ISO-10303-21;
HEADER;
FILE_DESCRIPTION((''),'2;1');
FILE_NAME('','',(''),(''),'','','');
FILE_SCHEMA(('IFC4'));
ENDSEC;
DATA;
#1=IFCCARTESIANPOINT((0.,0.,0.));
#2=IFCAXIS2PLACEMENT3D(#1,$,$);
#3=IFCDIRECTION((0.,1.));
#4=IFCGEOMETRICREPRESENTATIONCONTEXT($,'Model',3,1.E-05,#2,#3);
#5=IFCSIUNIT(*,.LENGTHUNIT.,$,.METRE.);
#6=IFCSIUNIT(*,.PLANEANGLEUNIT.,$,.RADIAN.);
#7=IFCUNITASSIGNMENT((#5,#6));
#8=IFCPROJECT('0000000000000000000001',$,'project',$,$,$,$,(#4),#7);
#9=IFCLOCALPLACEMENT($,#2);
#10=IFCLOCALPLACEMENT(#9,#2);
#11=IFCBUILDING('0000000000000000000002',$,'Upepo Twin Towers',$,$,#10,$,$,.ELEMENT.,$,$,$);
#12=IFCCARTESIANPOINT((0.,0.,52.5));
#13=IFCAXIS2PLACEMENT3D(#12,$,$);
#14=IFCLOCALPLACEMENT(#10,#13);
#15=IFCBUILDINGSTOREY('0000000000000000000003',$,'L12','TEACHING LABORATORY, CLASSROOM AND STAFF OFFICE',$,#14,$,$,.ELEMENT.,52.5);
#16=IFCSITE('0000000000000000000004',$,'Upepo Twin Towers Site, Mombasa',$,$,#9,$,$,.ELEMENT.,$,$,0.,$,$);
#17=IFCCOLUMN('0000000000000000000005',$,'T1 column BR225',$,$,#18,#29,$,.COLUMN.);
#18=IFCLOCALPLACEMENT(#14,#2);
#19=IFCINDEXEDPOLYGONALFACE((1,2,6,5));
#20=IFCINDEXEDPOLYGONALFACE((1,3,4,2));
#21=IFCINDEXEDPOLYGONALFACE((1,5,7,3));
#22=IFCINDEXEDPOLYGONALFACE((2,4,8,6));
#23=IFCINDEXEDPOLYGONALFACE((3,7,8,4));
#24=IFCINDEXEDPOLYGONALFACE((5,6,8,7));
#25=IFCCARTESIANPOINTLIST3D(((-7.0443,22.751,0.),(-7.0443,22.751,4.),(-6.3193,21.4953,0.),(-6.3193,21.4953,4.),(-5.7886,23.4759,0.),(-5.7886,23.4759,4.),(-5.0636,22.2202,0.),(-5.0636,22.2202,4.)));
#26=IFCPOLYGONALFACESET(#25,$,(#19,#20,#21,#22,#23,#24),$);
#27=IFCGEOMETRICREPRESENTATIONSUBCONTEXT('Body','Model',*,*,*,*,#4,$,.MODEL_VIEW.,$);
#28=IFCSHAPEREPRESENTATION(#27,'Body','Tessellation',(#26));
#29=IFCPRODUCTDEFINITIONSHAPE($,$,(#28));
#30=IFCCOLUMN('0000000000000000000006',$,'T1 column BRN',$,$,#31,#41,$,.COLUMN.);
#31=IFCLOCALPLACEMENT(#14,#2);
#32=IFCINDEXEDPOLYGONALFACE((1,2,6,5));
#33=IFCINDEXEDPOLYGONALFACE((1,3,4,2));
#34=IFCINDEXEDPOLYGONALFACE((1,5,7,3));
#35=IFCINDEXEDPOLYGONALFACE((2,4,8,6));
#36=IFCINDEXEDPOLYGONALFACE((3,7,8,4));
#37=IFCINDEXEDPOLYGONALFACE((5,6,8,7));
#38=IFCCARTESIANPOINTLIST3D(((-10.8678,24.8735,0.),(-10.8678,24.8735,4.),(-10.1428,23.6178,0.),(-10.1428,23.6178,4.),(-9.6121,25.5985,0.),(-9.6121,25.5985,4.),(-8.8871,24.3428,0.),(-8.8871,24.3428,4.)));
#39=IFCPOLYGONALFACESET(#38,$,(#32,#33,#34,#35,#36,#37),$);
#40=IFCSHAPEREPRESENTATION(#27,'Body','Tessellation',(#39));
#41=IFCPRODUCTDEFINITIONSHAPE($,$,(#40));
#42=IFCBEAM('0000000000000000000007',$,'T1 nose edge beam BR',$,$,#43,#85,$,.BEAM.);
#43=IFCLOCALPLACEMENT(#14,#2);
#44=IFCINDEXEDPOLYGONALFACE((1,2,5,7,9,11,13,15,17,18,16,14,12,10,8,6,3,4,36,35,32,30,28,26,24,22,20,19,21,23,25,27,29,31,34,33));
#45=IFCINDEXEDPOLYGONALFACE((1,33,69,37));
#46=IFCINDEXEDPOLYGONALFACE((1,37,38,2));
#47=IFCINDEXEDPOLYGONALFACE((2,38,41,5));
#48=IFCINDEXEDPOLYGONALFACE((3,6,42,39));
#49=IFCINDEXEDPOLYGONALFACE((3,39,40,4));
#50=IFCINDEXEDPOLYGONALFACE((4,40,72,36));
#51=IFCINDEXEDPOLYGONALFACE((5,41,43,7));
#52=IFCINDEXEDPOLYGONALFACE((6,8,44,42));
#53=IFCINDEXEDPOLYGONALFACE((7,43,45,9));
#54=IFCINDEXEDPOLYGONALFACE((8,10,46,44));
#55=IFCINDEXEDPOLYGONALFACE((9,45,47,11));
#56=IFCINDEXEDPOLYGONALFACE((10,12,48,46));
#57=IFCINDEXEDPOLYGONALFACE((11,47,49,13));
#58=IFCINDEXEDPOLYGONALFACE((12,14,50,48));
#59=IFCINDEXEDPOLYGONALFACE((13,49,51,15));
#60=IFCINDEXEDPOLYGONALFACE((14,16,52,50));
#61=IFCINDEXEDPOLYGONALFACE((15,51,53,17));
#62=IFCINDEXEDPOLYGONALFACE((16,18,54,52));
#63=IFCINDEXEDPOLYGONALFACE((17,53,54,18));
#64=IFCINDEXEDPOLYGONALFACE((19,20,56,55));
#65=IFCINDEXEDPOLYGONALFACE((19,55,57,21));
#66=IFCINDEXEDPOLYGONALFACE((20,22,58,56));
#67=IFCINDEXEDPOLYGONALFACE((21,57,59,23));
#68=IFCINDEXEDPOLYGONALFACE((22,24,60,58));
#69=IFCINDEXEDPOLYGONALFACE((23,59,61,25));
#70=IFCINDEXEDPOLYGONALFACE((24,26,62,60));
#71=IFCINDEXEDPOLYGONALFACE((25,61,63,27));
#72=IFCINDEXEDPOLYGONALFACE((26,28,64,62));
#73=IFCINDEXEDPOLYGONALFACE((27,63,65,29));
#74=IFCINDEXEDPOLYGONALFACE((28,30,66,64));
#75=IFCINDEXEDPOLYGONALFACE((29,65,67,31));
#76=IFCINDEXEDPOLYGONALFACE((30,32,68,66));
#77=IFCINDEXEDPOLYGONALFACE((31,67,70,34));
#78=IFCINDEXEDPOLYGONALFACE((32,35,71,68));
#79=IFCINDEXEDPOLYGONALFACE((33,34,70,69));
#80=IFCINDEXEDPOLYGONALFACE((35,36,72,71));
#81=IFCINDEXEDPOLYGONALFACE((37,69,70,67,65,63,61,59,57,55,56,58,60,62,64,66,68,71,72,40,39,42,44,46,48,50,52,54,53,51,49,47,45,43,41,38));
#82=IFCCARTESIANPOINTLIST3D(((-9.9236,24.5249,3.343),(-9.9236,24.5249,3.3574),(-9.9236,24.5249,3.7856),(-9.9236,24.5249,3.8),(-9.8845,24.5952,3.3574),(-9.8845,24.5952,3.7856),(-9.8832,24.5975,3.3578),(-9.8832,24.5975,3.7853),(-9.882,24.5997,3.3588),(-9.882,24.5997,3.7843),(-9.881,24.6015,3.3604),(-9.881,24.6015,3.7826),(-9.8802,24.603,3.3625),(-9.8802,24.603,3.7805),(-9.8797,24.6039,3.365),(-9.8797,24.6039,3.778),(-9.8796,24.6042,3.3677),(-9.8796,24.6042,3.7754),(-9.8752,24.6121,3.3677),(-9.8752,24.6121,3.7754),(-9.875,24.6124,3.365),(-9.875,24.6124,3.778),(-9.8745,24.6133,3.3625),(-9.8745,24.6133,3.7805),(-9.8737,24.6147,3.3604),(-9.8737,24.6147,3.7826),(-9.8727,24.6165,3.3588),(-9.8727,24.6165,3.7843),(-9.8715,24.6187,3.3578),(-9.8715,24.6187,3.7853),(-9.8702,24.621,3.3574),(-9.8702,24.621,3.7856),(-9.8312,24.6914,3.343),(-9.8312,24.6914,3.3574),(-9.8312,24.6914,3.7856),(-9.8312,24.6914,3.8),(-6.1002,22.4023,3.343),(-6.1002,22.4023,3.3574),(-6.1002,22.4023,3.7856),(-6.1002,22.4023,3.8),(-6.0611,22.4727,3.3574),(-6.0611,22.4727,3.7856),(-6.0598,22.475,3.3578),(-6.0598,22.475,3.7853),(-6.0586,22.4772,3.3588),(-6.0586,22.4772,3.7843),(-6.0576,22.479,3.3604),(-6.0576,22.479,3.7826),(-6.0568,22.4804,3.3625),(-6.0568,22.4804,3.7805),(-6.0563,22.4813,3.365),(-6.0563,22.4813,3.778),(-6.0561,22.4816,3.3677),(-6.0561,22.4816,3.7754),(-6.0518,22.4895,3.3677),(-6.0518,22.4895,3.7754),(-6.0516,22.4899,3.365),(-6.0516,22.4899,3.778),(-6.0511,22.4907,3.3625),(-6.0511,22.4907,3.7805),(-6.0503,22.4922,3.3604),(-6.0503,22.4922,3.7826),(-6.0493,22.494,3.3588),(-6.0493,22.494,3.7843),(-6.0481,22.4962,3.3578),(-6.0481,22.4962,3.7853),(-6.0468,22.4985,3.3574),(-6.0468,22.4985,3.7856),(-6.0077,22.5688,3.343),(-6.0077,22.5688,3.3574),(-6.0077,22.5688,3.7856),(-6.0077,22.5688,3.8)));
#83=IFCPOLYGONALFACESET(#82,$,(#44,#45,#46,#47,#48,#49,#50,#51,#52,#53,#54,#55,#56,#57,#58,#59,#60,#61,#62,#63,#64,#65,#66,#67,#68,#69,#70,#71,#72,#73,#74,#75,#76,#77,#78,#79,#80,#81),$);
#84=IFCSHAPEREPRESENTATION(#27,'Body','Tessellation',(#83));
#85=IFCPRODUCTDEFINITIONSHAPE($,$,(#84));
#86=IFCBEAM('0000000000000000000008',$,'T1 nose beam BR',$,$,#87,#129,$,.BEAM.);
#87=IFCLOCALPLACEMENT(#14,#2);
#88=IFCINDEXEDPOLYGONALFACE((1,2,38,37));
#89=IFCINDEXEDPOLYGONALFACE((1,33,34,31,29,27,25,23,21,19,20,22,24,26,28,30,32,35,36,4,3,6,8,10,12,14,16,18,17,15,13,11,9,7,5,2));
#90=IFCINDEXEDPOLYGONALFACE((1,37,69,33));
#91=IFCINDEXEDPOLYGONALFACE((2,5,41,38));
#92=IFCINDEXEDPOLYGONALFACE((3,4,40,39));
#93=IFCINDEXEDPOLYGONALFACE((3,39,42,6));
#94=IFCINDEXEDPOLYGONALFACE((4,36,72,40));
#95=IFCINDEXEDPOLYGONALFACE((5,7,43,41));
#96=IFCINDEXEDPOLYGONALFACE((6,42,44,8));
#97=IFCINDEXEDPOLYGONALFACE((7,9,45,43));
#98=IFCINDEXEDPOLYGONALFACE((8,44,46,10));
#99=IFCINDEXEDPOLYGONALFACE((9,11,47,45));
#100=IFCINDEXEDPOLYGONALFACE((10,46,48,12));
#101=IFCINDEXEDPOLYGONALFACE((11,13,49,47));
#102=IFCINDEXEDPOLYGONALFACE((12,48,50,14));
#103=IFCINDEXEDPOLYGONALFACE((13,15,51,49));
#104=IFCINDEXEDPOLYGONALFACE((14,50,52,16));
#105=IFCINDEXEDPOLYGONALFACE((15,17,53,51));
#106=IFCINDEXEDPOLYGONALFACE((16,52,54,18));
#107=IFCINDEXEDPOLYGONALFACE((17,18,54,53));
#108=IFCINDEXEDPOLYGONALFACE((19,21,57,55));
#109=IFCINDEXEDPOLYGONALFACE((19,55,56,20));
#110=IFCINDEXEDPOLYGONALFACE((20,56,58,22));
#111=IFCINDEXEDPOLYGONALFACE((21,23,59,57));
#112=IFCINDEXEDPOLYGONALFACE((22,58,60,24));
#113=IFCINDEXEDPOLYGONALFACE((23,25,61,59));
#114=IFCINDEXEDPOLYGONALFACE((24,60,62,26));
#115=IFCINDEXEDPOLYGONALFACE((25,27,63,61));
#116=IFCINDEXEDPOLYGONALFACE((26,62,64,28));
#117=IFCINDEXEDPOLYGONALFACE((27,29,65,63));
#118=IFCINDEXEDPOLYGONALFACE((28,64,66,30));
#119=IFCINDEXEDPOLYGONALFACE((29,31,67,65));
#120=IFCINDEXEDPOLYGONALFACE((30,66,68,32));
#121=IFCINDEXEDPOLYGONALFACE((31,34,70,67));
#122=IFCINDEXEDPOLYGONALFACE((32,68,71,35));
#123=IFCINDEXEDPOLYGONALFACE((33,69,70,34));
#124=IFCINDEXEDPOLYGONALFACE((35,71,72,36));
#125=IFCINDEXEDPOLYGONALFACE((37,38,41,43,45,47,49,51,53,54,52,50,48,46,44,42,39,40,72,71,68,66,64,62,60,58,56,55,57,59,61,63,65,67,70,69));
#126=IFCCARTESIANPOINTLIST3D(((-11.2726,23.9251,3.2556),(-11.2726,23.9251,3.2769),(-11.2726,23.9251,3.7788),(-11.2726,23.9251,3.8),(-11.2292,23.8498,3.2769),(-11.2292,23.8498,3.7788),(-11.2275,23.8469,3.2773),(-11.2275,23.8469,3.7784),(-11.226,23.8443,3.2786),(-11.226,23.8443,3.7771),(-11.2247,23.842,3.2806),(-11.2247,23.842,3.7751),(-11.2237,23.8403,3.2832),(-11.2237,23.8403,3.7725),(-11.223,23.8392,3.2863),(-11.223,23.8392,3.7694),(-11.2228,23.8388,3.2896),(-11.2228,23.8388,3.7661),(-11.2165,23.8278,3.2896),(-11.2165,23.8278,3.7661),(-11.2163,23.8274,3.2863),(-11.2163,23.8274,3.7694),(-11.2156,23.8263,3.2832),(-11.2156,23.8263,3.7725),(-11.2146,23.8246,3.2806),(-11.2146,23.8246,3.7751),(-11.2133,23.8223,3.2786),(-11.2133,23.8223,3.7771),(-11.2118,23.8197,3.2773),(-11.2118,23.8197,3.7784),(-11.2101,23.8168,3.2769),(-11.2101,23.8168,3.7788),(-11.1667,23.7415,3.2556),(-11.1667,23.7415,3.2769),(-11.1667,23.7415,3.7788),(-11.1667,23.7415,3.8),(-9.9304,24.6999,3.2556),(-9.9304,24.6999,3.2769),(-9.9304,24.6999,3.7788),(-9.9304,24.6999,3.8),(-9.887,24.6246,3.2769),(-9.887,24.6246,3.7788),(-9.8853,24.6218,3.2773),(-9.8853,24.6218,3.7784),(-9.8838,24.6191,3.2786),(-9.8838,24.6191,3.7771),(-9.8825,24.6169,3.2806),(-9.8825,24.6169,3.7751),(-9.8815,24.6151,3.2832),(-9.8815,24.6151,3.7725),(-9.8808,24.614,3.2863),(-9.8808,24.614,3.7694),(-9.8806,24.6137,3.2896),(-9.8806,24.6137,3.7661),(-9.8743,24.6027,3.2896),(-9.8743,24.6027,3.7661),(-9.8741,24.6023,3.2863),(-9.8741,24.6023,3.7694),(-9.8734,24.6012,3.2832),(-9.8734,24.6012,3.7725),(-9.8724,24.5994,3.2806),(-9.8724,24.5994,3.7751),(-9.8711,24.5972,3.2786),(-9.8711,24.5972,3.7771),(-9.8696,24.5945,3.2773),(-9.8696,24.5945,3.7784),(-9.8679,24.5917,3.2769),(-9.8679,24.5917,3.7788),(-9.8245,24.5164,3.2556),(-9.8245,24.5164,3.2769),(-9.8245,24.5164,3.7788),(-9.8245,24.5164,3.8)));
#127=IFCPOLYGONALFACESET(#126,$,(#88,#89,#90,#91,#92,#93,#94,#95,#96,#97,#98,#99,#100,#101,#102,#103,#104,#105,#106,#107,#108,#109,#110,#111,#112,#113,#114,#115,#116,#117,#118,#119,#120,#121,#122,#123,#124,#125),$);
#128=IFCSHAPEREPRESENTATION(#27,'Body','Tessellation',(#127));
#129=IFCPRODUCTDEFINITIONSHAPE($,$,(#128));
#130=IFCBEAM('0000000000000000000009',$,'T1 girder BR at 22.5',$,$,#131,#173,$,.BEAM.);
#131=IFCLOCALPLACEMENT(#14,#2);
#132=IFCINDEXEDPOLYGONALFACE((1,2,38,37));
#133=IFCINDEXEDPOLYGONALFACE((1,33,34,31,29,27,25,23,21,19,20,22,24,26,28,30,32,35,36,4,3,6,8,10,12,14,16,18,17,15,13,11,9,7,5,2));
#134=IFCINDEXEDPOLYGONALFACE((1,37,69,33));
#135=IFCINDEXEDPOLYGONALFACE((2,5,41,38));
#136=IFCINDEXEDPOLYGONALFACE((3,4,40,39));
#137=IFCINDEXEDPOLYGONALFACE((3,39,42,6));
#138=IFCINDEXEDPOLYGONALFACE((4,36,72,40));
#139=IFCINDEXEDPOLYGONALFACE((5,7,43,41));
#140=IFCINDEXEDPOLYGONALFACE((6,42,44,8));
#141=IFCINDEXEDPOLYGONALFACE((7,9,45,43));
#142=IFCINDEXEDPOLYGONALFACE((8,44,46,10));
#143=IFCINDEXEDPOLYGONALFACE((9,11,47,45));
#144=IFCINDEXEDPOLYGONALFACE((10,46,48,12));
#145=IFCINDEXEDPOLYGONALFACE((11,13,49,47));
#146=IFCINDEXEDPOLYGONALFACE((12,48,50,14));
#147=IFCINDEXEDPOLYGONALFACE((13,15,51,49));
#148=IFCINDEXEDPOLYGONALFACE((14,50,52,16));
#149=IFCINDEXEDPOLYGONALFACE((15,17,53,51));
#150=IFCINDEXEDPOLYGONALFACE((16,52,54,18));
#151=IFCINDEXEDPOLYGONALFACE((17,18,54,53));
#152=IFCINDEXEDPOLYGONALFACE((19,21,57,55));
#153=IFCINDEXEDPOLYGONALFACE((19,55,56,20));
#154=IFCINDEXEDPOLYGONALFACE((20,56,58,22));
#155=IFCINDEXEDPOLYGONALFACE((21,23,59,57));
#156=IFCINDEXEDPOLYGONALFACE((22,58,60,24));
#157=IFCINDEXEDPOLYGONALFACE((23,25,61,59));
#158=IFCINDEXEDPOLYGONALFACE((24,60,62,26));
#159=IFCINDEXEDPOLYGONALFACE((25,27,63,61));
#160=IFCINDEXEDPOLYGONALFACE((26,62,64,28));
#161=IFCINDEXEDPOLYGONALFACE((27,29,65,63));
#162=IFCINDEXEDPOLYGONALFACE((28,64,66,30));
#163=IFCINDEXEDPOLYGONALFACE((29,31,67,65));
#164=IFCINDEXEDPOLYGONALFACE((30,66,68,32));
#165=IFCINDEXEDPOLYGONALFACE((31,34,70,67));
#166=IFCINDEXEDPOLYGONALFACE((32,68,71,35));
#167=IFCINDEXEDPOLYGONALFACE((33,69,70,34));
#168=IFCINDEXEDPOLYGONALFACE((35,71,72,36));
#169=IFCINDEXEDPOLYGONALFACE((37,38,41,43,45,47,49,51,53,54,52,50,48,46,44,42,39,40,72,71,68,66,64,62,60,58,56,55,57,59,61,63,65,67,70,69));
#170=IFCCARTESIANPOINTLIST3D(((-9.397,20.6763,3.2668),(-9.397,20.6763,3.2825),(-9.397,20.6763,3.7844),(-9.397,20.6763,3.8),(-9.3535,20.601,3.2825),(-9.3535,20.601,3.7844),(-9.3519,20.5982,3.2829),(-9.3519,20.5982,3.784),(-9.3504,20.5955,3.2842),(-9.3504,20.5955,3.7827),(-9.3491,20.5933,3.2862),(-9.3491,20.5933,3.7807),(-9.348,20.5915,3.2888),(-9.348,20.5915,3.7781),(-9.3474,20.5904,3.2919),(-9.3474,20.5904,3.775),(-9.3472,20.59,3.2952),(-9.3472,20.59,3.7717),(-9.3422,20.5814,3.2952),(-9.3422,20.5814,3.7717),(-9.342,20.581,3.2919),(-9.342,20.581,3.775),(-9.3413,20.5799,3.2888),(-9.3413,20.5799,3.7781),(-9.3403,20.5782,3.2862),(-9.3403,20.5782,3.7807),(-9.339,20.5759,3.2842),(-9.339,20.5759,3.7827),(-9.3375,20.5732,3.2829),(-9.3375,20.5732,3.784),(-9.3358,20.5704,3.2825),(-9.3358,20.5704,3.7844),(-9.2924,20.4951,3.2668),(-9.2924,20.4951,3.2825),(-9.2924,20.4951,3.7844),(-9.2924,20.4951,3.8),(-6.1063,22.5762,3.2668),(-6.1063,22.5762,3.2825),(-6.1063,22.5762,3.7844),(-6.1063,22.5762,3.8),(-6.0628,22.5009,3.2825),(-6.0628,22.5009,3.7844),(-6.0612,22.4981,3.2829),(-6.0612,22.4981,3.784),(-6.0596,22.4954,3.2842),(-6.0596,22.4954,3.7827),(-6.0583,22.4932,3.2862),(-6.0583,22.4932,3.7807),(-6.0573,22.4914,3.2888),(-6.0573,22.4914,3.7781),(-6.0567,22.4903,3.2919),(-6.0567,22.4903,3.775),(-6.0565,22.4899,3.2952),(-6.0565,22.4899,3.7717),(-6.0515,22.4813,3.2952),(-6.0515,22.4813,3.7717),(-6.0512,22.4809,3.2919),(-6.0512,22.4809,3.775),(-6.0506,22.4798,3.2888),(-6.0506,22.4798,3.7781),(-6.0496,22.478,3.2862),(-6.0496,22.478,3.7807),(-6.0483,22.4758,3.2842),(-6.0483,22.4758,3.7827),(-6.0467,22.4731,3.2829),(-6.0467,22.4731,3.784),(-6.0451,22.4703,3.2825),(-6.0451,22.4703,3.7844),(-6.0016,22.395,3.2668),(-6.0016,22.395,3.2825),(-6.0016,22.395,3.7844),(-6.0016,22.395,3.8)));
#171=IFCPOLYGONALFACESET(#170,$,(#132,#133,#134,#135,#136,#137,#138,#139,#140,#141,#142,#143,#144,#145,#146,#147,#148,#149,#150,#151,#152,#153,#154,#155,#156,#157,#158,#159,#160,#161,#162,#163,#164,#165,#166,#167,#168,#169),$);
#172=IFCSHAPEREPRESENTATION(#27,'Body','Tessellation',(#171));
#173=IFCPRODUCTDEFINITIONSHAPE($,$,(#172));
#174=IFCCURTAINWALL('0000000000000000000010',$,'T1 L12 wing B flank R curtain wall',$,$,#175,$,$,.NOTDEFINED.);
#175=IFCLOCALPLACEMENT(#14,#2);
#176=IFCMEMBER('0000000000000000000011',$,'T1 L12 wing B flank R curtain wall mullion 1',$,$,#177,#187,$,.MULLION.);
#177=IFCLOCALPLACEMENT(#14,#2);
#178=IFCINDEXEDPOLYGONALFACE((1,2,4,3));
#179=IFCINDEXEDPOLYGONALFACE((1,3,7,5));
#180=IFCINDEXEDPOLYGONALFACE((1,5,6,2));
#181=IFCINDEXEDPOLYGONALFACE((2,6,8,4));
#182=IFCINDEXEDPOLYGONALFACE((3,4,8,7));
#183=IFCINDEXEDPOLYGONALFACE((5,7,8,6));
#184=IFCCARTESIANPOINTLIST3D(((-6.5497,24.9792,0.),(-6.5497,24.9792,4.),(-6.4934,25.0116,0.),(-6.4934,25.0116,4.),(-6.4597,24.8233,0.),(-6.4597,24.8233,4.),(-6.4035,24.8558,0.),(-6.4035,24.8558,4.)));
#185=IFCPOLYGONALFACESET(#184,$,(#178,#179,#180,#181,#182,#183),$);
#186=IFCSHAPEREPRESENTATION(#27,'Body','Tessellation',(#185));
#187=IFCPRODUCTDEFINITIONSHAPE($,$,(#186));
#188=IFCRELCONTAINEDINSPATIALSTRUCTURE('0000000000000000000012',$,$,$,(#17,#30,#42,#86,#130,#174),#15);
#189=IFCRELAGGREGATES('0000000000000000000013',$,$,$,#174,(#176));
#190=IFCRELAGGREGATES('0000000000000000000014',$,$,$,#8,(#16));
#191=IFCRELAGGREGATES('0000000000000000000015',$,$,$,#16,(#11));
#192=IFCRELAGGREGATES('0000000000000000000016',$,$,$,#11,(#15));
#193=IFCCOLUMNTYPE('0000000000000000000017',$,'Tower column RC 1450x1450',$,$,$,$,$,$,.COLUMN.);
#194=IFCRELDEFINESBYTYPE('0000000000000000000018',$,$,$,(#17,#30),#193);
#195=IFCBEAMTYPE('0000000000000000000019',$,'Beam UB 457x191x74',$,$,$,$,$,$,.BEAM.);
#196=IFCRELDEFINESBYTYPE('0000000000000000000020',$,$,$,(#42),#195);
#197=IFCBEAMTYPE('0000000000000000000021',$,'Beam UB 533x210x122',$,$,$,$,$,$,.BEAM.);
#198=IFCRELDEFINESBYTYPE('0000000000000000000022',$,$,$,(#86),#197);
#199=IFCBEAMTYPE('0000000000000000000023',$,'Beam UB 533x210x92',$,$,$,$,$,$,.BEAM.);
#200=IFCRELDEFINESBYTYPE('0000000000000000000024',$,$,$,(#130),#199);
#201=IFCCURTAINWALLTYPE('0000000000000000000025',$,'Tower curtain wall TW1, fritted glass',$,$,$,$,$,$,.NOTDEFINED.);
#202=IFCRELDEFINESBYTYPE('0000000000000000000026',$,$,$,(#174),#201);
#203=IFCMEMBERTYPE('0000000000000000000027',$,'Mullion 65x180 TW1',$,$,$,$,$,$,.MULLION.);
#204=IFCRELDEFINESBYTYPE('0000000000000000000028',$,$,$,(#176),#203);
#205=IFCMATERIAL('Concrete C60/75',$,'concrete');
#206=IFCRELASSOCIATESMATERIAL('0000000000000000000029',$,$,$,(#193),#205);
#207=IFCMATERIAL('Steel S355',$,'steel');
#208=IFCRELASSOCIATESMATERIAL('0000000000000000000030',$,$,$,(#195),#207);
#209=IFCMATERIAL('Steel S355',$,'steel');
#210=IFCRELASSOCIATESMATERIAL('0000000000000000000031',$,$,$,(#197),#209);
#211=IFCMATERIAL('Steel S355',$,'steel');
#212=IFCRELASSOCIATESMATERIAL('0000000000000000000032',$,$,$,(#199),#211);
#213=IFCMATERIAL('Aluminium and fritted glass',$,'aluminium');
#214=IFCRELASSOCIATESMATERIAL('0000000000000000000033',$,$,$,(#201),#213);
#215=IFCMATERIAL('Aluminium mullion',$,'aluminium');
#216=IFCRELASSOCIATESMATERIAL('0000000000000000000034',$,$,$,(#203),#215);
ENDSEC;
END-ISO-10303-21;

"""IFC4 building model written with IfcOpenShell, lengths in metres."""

from ifc_helpers import new_model, si_unit, direction, frame, origin, origin_2d, place, context, subcontext, project, spatial, rectangle, i_section, extrude, material, material_profile, profile_set, type_object, element, aggregate, save


model = new_model("IFC4")

# Units and contexts
model_context = context("Model", 3, precision=1e-05, world=origin(), true_north=direction((0.0, 1.0)))
body_context = subcontext(model_context, "Body", "Model", "MODEL_VIEW")
ifc_project = project(units=[si_unit("LENGTHUNIT", "METRE"), si_unit("PLANEANGLEUNIT", "RADIAN")], contexts=[model_context])

# Site, building, storey
site_placement = place(None, origin())
site = spatial("IfcSite", under=ifc_project, at=site_placement, Name="Upepo Twin Towers Site, Mombasa", CompositionType="ELEMENT", RefElevation=0.0)
building_placement = place(site_placement, origin())
building = spatial("IfcBuilding", under=site, at=building_placement, Name="Upepo Twin Towers", CompositionType="ELEMENT")
storey_placement = place(building_placement, frame((0.0, 0.0, 52.5)))
storey = spatial("IfcBuildingStorey", under=building, at=storey_placement, Name="L12", Description="TEACHING LABORATORY, CLASSROOM AND STAFF OFFICE", CompositionType="ELEMENT", Elevation=52.5)

# Columns
ifc_material_1 = material(Name="Concrete C60/75", Category="concrete")
ifc_material_profile_1 = material_profile(ifc_material_1, rectangle(XDim=1.45, YDim=1.45, at=origin_2d()), Name="RC 1450x1450")
ifc_profile_set_1 = profile_set([ifc_material_profile_1], Name="Concrete C60/75")
column_type = type_object("IfcColumnType", Name="Tower column RC 1450x1450", PredefinedType="COLUMN", material=ifc_profile_set_1)
for number, where, z_axis, x_axis, name in (
    (1, (-6.054, 22.4856, 0.0), (0.0, 0.0, 1.0), (0.866025, 0.5, 0.0), "T1 column BR225"),
    (2, (-9.8774, 24.6082, 0.0), (0.0, 0.0, 1.0), (0.866025, 0.5, 0.0), "T1 column BRN"),
):
    element("IfcColumn", number, at=place(storey_placement, frame(where, z_axis=z_axis, x_axis=x_axis)), inside=storey, type_object=column_type, Name=name, PredefinedType="COLUMN", context=body_context, shape_type="SweptSolid", body=[
        extrude(rectangle(XDim=1.45, YDim=1.45, at=origin_2d()), origin(), (0.0, 0.0, 1.0), 4.0),
    ])

# Beams
ifc_material_2 = material(Name="Steel S355", Category="steel")
ifc_material_profile_2 = material_profile(ifc_material_2, i_section(OverallWidth=0.1904, OverallDepth=0.457, WebThickness=0.009, FlangeThickness=0.0144, FilletRadius=0.0103, at=origin_2d()), Name="UB 457x191x74")
ifc_profile_set_2 = profile_set([ifc_material_profile_2], Name="Steel S355")
beam_type_1 = type_object("IfcBeamType", Name="Beam UB 457x191x74", PredefinedType="BEAM", material=ifc_profile_set_2)
beam_1_placement = place(storey_placement, frame((-6.054, 22.4856, 3.5715), z_axis=(-0.874313, 0.485363, 0.0), x_axis=(-0.485363, -0.874313, 0.0)))
element("IfcBeam", 3, at=beam_1_placement, inside=storey, type_object=beam_type_1, Name="T1 nose edge beam BR", PredefinedType="BEAM", context=body_context, shape_type="SweptSolid", body=[
    extrude(i_section(OverallWidth=0.1904, OverallDepth=0.457, WebThickness=0.009, FlangeThickness=0.0144, FilletRadius=0.0103, at=origin_2d()), origin(), (0.0, 0.0, 1.0), 4.373),
])
ifc_material_3 = material(Name="Steel S355", Category="steel")
ifc_material_profile_3 = material_profile(ifc_material_3, i_section(OverallWidth=0.2119, OverallDepth=0.5444, WebThickness=0.0127, FlangeThickness=0.0212, FilletRadius=0.0127, at=origin_2d()), Name="UB 533x210x122")
ifc_profile_set_3 = profile_set([ifc_material_profile_3], Name="Steel S355")
beam_type_2 = type_object("IfcBeamType", Name="Beam UB 533x210x122", PredefinedType="BEAM", material=ifc_profile_set_3)
beam_2_placement = place(storey_placement, frame((-9.8774, 24.6082, 3.5278), z_axis=(-0.866044, -0.499968, 0.0), x_axis=(0.499968, -0.866044, 0.0)))
element("IfcBeam", 4, at=beam_2_placement, inside=storey, type_object=beam_type_2, Name="T1 nose beam BR", PredefinedType="BEAM", context=body_context, shape_type="SweptSolid", body=[
    extrude(i_section(OverallWidth=0.2119, OverallDepth=0.5444, WebThickness=0.0127, FlangeThickness=0.0212, FilletRadius=0.0127, at=origin_2d()), origin(), (0.0, 0.0, 1.0), 1.5498),
])
ifc_material_4 = material(Name="Steel S355", Category="steel")
ifc_material_profile_4 = material_profile(ifc_material_4, i_section(OverallWidth=0.2092, OverallDepth=0.5332, WebThickness=0.01, FlangeThickness=0.0156, FilletRadius=0.0127, at=origin_2d()), Name="UB 533x210x92")
ifc_profile_set_4 = profile_set([ifc_material_profile_4], Name="Steel S355")
beam_type_3 = type_object("IfcBeamType", Name="Beam UB 533x210x92", PredefinedType="BEAM", material=ifc_profile_set_4)
beam_3_placement = place(storey_placement, frame((-6.054, 22.4856, 3.5334), z_axis=(-0.866028, -0.499995, 0.0), x_axis=(0.499995, -0.866028, 0.0)))
element("IfcBeam", 5, at=beam_3_placement, inside=storey, type_object=beam_type_3, Name="T1 girder BR at 22.5", PredefinedType="BEAM", context=body_context, shape_type="SweptSolid", body=[
    extrude(i_section(OverallWidth=0.2092, OverallDepth=0.5332, WebThickness=0.01, FlangeThickness=0.0156, FilletRadius=0.0127, at=origin_2d()), origin(), (0.0, 0.0, 1.0), 3.7998),
])

# Curtain wall, member
ifc_material_5 = material(Name="Aluminium and fritted glass", Category="aluminium")
curtain_wall_type = type_object("IfcCurtainWallType", Name="Tower curtain wall TW1, fritted glass", PredefinedType="NOTDEFINED", material=ifc_material_5)
curtain_wall_1_placement = place(storey_placement, origin())
curtain_wall_1 = element("IfcCurtainWall", 6, at=curtain_wall_1_placement, inside=storey, type_object=curtain_wall_type, Name="T1 L12 wing B flank R curtain wall", PredefinedType="NOTDEFINED")
ifc_material_6 = material(Name="Aluminium mullion", Category="aluminium")
ifc_material_profile_5 = material_profile(ifc_material_6, rectangle(XDim=0.0649, YDim=0.1799, at=origin_2d()), Name="MULLION 65x180")
ifc_profile_set_5 = profile_set([ifc_material_profile_5], Name="Aluminium mullion")
member_type_1 = type_object("IfcMemberType", Name="Mullion 65x180 TW1", PredefinedType="MULLION", material=ifc_profile_set_5)
member_1_placement = place(storey_placement, frame((-6.4766, 24.9175, 0.0), z_axis=(0.0, 0.0, 1.0), x_axis=(0.866025, 0.5, 0.0)))
member_1 = element("IfcMember", 7, at=member_1_placement, type_object=member_type_1, Name="T1 L12 wing B flank R curtain wall mullion 1", PredefinedType="MULLION", context=body_context, shape_type="SweptSolid", body=[
    extrude(rectangle(XDim=0.0649, YDim=0.1799, at=origin_2d()), origin(), (0.0, 0.0, 1.0), 4.0),
])

aggregate(curtain_wall_1, [member_1])

save(model, "model.ifc")
